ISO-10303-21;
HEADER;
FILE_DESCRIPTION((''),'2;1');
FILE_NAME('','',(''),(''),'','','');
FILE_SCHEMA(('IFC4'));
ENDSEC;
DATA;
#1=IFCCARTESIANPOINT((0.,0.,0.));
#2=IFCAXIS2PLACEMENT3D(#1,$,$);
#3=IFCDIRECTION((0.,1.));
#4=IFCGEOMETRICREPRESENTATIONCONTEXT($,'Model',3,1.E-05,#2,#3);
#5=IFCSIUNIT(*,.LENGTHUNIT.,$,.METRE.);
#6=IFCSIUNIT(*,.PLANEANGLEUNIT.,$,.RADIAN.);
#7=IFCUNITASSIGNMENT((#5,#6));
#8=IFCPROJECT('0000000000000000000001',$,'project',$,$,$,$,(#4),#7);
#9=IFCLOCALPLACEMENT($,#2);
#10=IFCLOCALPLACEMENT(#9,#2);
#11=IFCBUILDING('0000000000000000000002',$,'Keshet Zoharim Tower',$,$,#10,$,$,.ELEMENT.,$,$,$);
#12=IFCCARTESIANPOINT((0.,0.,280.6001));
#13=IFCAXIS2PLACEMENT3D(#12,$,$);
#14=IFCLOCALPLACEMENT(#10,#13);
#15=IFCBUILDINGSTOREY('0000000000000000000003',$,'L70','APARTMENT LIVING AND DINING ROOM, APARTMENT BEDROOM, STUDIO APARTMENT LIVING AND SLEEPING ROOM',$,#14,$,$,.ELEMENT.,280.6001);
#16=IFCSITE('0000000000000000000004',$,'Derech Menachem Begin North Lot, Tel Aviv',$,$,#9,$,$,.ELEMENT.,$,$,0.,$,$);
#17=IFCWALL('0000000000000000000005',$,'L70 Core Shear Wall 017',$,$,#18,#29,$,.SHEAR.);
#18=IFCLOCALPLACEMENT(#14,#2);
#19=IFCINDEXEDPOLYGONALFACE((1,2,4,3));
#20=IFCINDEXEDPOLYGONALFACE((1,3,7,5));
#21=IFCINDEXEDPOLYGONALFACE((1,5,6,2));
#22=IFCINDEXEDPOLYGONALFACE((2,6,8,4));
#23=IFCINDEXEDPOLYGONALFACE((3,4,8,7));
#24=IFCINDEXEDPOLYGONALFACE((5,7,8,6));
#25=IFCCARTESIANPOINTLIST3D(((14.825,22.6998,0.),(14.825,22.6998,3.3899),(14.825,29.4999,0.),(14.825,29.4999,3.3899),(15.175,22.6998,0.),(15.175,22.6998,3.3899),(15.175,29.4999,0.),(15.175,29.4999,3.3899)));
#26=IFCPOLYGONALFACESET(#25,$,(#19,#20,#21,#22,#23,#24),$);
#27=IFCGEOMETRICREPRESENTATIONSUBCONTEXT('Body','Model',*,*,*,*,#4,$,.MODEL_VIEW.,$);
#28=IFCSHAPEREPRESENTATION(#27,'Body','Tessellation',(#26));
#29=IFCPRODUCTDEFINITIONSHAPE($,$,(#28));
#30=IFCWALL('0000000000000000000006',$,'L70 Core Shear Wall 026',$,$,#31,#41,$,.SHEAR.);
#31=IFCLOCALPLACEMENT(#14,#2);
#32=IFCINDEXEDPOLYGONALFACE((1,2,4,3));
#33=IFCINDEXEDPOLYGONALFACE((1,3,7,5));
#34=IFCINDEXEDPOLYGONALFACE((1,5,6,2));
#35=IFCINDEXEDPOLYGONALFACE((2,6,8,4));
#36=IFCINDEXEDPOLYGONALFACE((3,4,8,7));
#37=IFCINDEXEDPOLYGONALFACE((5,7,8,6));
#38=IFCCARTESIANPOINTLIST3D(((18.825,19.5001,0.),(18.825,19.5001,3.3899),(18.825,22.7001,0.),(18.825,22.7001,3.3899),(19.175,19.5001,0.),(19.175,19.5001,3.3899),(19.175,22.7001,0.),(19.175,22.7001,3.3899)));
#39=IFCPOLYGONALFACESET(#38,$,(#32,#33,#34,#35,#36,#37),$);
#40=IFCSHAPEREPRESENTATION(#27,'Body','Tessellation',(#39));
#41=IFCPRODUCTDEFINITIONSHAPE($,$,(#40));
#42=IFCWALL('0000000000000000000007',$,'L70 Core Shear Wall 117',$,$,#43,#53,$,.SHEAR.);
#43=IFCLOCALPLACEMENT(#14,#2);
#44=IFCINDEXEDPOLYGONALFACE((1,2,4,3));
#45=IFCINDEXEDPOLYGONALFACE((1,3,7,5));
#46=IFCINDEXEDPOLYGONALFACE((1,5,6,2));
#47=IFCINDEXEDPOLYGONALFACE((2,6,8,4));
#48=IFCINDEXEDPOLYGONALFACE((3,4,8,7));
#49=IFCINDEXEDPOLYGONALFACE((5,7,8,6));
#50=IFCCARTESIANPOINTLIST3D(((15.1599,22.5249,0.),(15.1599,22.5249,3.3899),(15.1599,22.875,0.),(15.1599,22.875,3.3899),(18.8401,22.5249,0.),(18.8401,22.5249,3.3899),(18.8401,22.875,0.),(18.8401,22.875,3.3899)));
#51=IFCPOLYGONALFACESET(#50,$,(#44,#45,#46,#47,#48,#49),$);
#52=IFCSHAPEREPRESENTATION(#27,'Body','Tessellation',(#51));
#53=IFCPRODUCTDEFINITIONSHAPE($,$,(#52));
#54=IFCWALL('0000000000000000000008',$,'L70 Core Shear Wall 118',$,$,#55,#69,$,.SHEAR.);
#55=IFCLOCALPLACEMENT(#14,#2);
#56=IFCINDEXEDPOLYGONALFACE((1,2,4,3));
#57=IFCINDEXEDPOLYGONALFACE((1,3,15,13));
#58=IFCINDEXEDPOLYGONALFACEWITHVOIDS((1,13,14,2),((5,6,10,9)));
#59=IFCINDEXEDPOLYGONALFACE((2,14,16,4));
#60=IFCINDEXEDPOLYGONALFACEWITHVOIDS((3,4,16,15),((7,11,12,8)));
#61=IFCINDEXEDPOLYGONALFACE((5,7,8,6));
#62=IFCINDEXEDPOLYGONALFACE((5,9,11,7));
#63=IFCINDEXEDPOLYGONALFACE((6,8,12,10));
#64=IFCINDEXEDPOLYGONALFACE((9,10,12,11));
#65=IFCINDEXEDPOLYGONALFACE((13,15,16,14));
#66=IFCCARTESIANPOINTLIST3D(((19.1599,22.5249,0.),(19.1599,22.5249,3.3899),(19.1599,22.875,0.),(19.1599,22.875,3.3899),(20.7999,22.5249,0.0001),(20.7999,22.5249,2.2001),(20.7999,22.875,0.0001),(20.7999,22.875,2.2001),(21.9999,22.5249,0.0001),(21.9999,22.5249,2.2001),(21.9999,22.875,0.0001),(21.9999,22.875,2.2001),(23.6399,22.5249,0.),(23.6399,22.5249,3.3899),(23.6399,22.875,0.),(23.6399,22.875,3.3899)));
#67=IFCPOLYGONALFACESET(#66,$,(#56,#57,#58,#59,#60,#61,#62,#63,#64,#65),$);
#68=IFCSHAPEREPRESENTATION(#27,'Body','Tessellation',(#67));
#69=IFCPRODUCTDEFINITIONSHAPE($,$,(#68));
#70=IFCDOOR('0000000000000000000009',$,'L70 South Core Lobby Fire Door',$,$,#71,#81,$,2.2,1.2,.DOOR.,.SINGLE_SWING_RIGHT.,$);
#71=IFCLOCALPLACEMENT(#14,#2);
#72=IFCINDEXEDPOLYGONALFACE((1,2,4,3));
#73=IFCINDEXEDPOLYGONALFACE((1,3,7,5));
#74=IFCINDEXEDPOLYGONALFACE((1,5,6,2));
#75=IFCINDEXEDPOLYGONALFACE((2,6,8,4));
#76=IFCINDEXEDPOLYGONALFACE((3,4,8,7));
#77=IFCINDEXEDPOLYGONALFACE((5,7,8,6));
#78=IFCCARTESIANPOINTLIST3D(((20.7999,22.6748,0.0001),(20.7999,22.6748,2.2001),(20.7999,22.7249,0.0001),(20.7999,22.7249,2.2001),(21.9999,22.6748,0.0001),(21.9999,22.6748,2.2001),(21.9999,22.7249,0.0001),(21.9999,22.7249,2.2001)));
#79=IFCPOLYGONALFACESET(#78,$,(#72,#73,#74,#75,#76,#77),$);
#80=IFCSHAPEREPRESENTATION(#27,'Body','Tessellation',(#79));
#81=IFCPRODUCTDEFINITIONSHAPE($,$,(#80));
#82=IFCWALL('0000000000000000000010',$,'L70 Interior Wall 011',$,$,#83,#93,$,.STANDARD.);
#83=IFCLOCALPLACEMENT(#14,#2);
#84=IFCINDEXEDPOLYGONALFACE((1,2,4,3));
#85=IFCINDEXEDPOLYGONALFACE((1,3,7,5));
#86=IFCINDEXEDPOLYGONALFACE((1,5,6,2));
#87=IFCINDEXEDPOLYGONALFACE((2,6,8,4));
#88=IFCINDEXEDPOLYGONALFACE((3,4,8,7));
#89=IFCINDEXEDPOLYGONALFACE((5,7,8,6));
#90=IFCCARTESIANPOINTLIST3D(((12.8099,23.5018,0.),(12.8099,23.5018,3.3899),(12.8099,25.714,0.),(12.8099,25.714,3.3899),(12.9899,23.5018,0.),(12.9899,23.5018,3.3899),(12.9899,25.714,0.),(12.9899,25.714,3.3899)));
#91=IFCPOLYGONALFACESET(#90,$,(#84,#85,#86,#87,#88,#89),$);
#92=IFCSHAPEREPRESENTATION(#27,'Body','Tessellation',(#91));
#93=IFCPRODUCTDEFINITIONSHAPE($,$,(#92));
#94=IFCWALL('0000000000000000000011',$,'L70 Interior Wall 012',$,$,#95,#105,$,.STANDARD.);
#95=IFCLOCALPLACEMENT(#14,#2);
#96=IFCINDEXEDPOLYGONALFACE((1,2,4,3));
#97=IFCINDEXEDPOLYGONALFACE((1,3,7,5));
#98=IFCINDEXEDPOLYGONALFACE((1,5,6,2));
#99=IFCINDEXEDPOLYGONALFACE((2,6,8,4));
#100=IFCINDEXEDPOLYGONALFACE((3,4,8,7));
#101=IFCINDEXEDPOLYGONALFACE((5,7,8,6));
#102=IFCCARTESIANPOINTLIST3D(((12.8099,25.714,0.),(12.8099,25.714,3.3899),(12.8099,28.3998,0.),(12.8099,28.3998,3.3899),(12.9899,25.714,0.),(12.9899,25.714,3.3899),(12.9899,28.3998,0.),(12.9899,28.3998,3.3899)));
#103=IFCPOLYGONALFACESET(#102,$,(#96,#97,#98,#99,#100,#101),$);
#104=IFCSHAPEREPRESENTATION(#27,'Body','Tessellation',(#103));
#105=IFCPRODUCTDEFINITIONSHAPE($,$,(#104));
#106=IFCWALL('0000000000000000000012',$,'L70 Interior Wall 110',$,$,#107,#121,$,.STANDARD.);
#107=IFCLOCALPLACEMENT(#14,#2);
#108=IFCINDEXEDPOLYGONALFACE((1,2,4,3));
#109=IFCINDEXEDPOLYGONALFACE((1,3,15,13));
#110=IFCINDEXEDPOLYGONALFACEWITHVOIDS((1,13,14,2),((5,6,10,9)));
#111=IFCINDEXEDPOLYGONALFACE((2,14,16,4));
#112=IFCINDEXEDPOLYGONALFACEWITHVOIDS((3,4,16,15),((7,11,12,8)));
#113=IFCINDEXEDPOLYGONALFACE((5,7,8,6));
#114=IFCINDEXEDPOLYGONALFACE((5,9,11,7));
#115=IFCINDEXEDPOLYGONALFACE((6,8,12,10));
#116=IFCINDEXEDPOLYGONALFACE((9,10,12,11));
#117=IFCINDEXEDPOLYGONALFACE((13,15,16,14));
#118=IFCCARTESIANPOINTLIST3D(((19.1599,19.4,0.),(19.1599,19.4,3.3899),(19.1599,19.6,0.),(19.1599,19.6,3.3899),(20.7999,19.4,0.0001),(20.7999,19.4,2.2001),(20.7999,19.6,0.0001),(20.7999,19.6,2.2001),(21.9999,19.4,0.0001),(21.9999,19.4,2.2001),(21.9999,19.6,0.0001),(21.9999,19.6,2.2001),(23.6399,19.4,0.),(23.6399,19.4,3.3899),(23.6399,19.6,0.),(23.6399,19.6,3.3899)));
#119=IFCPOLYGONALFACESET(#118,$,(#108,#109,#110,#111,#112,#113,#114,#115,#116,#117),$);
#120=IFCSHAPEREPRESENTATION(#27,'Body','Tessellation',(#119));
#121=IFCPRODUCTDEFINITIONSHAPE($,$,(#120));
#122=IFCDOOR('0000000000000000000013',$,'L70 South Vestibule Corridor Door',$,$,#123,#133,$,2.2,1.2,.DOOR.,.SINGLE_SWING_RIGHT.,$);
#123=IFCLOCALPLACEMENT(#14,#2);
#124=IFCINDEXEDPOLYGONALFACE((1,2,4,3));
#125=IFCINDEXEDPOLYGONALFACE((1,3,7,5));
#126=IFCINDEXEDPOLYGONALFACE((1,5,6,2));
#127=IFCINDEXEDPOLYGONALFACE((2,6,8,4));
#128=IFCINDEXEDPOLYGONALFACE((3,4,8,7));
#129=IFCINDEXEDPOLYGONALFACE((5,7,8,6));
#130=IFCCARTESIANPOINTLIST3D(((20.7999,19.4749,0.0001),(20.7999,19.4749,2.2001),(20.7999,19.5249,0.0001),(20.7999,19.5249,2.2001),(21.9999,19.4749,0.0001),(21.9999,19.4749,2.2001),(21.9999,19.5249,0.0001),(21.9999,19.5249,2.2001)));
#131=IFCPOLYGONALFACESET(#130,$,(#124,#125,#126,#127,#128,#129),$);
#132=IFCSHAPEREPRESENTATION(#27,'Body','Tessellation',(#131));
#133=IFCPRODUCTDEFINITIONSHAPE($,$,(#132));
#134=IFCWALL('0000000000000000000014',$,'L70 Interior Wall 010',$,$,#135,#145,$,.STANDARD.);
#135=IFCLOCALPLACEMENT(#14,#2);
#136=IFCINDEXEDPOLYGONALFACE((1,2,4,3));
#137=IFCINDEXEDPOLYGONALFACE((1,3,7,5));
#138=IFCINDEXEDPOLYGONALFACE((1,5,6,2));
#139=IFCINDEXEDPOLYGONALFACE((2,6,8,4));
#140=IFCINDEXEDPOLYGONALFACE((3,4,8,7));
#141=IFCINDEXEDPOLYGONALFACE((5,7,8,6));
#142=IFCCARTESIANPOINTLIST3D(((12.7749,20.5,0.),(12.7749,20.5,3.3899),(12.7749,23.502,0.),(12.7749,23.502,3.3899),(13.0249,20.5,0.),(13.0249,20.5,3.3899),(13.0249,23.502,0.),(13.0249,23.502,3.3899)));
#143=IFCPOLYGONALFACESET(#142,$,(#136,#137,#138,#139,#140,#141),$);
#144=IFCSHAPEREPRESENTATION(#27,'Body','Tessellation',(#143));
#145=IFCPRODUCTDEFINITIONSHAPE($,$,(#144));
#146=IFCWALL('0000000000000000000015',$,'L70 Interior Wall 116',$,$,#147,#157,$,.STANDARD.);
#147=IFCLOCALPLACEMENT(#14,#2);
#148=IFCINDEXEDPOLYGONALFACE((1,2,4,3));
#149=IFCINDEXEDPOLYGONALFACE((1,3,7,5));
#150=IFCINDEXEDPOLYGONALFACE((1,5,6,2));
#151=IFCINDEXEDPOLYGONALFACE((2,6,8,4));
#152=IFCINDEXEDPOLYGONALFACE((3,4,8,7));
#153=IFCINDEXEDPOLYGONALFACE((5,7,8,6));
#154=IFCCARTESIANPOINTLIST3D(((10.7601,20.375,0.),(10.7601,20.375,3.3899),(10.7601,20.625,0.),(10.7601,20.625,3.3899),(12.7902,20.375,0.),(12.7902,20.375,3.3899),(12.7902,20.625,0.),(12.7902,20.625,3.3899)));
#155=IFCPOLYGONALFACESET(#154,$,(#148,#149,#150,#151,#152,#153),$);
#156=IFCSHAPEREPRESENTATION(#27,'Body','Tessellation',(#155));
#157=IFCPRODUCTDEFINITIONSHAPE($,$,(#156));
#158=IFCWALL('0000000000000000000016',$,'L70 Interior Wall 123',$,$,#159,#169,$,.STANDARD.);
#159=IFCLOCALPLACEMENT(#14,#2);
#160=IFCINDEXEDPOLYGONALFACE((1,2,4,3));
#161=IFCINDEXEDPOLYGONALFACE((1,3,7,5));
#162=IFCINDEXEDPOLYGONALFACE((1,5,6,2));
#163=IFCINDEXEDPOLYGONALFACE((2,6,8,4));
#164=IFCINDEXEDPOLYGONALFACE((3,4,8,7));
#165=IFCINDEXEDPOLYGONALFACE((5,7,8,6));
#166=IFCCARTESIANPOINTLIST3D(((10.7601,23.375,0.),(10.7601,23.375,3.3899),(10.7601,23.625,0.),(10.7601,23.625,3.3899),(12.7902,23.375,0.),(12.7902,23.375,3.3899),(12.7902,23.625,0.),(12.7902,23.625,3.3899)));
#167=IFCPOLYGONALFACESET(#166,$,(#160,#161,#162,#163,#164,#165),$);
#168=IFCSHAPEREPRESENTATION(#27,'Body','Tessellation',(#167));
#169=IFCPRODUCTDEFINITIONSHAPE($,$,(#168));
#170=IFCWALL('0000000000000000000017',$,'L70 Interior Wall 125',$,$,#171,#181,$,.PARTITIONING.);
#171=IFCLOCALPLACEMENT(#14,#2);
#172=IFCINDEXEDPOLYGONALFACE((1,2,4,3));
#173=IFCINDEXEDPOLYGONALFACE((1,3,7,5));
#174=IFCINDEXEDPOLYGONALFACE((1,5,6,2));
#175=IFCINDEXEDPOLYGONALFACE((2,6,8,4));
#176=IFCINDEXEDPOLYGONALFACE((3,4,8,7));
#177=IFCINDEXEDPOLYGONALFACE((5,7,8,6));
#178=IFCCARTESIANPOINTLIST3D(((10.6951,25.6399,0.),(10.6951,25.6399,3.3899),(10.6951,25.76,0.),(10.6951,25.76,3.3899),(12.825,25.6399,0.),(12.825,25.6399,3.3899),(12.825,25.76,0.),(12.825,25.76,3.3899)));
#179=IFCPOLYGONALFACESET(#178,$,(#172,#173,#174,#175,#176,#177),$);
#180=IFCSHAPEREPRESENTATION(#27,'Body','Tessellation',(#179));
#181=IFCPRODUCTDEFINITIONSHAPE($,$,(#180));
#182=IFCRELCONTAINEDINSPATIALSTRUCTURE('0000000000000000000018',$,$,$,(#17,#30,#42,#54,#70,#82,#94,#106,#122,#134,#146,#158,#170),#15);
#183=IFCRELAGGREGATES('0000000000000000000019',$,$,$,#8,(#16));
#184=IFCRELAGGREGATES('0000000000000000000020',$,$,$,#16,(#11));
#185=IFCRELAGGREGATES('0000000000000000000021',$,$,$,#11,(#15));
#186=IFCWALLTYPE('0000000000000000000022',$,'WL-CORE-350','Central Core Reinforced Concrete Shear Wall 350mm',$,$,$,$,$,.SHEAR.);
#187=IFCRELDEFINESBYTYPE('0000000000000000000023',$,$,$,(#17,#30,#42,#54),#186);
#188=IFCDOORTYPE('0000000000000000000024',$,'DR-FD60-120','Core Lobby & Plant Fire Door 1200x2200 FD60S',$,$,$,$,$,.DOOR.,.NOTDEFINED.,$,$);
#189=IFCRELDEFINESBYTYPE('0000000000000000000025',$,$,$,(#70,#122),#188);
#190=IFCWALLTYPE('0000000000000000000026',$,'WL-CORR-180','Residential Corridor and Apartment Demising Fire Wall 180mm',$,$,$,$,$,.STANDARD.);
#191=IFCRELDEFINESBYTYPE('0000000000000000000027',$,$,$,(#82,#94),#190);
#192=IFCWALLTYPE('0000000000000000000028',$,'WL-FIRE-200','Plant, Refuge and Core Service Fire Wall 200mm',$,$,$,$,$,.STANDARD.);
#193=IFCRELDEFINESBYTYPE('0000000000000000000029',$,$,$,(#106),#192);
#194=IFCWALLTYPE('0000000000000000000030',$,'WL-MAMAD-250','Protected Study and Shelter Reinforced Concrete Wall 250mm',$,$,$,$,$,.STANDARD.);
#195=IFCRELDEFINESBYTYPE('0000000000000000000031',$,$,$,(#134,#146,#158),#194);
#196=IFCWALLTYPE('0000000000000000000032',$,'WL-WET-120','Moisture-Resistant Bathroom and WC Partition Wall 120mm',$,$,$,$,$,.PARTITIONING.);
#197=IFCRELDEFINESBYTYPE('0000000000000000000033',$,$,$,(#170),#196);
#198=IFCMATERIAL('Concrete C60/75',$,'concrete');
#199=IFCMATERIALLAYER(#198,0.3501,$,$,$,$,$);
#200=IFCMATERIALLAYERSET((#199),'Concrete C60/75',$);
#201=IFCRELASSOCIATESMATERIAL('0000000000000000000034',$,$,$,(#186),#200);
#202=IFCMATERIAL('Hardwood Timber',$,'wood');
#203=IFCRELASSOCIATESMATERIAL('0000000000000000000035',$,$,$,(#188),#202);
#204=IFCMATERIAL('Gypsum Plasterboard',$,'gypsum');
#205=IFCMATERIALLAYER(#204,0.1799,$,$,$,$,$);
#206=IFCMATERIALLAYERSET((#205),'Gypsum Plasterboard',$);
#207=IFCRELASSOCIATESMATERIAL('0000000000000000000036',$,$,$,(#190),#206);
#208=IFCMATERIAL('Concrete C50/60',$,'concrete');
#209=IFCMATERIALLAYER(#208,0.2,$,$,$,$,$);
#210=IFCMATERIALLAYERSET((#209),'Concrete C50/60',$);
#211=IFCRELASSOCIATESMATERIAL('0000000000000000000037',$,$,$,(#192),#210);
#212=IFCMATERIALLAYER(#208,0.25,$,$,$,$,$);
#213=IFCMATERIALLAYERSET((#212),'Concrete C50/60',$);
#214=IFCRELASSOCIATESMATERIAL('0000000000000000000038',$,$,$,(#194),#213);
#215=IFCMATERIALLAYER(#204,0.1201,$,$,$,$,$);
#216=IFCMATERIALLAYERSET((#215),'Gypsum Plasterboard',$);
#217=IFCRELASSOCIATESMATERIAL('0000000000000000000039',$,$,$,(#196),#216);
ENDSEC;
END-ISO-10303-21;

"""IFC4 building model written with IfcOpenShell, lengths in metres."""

from ifc_helpers import new_model, si_unit, direction, frame, frame_2d, origin, place, context, subcontext, project, spatial, rectangle, extrude, material, layer, layer_set, type_object, element, fill, save


model = new_model("IFC4")

# Units and contexts
model_context = context("Model", 3, precision=1e-05, world=origin(), true_north=direction((0.0, 1.0)))
body_context = subcontext(model_context, "Body", "Model", "MODEL_VIEW")
ifc_project = project(units=[si_unit("LENGTHUNIT", "METRE"), si_unit("PLANEANGLEUNIT", "RADIAN")], contexts=[model_context])

# Site, building, storey
site_placement = place(None, origin())
site = spatial("IfcSite", under=ifc_project, at=site_placement, Name="Derech Menachem Begin North Lot, Tel Aviv", CompositionType="ELEMENT", RefElevation=0.0)
building_placement = place(site_placement, origin())
building = spatial("IfcBuilding", under=site, at=building_placement, Name="Keshet Zoharim Tower", CompositionType="ELEMENT")
storey_placement = place(building_placement, frame((0.0, 0.0, 280.6001)))
storey = spatial("IfcBuildingStorey", under=building, at=storey_placement, Name="L70", Description="APARTMENT LIVING AND DINING ROOM, APARTMENT BEDROOM, STUDIO APARTMENT LIVING AND SLEEPING ROOM", CompositionType="ELEMENT", Elevation=280.6001)

# Shared definitions
ifc_material_1 = material(Name="Concrete C50/60", Category="concrete")

# Walls
ifc_material_2 = material(Name="Concrete C60/75", Category="concrete")
ifc_layer_1 = layer(ifc_material_2, 0.3501)
ifc_layer_set_1 = layer_set([ifc_layer_1], Name="Concrete C60/75")
wall_type_1 = type_object("IfcWallType", Name="WL-CORE-350", Description="Central Core Reinforced Concrete Shear Wall 350mm", PredefinedType="SHEAR", material=ifc_layer_set_1)
wall_1_placement = place(storey_placement, frame((15.0, 22.7, 0.0), z_axis=(0.0, 0.0, 1.0), x_axis=(0.0, 1.0, 0.0)))
element("IfcWall", 1, at=wall_1_placement, inside=storey, type_object=wall_type_1, Name="L70 Core Shear Wall 017", PredefinedType="SHEAR", context=body_context, shape_type="SweptSolid", body=[
    extrude(rectangle(XDim=6.8, YDim=0.3501, at=frame_2d((3.3999, 0.0))), origin(), (0.0, 0.0, 1.0), 3.3899),
])
wall_2_placement = place(storey_placement, frame((19.0, 19.5, 0.0), z_axis=(0.0, 0.0, 1.0), x_axis=(0.0, 1.0, 0.0)))
element("IfcWall", 2, at=wall_2_placement, inside=storey, type_object=wall_type_1, Name="L70 Core Shear Wall 026", PredefinedType="SHEAR", context=body_context, shape_type="SweptSolid", body=[
    extrude(rectangle(XDim=3.2, YDim=0.3501, at=frame_2d((1.6001, 0.0))), origin(), (0.0, 0.0, 1.0), 3.3899),
])

# Shared definitions
ifc_material_3 = material(Name="Hardwood Timber", Category="wood")

# Wall
wall_3_placement = place(storey_placement, frame((15.1599, 22.7, 0.0), z_axis=(0.0, 0.0, 1.0), x_axis=(1.0, 0.0, 0.0)))
element("IfcWall", 3, at=wall_3_placement, inside=storey, type_object=wall_type_1, Name="L70 Core Shear Wall 117", PredefinedType="SHEAR", context=body_context, shape_type="SweptSolid", body=[
    extrude(rectangle(XDim=3.6802, YDim=0.3501, at=frame_2d((1.8401, 0.0))), origin(), (0.0, 0.0, 1.0), 3.3899),
])

# Wall, opening, door
wall_4_placement = place(storey_placement, frame((19.1599, 22.7, 0.0), z_axis=(0.0, 0.0, 1.0), x_axis=(1.0, 0.0, 0.0)))
wall_4 = element("IfcWall", 4, at=wall_4_placement, inside=storey, type_object=wall_type_1, Name="L70 Core Shear Wall 118", PredefinedType="SHEAR", context=body_context, shape_type="SweptSolid", body=[
    extrude(rectangle(XDim=4.48, YDim=0.3501, at=frame_2d((2.24, 0.0))), origin(), (0.0, 0.0, 1.0), 3.3899),
])
opening_1_placement = place(wall_4_placement, frame((1.6399, 0.0, 0.0)))
opening_1 = element("IfcOpeningElement", 5, at=opening_1_placement, cuts=wall_4, PredefinedType="OPENING", context=body_context, shape_type="SweptSolid", body=[
    extrude(rectangle(XDim=1.2, YDim=2.2, at=frame_2d((0.6001, 1.1001))), frame((0.0, 0.1851, 0.0), z_axis=(0.0, -1.0, 0.0), x_axis=(1.0, 0.0, 0.0)), (0.0, 0.0, 1.0), 0.3701),
])
door_type_1 = type_object("IfcDoorType", Name="DR-FD60-120", Description="Core Lobby & Plant Fire Door 1200x2200 FD60S", OperationType="NOTDEFINED", PredefinedType="DOOR", material=ifc_material_3)
door_1_placement = place(opening_1_placement, origin())
door_1 = element("IfcDoor", 6, at=door_1_placement, inside=storey, type_object=door_type_1, Name="L70 South Core Lobby Fire Door", OperationType="SINGLE_SWING_RIGHT", OverallHeight=2.2, OverallWidth=1.2, PredefinedType="DOOR", context=body_context, shape_type="SweptSolid", body=[
    extrude(rectangle(XDim=1.2, YDim=2.2, at=frame_2d((0.6001, 1.1001))), frame((0.0, 0.0249, 0.0), z_axis=(0.0, -1.0, 0.0), x_axis=(1.0, 0.0, 0.0)), (0.0, 0.0, 1.0), 0.05),
])
fill(opening_1, door_1)

# Walls
ifc_material_4 = material(Name="Gypsum Plasterboard", Category="gypsum")
ifc_layer_2 = layer(ifc_material_4, 0.1799)
ifc_layer_set_2 = layer_set([ifc_layer_2], Name="Gypsum Plasterboard")
wall_type_2 = type_object("IfcWallType", Name="WL-CORR-180", Description="Residential Corridor and Apartment Demising Fire Wall 180mm", PredefinedType="STANDARD", material=ifc_layer_set_2)
wall_5_placement = place(storey_placement, frame((12.8999, 23.502, 0.0), z_axis=(0.0, 0.0, 1.0), x_axis=(0.0, 1.0, 0.0)))
element("IfcWall", 7, at=wall_5_placement, inside=storey, type_object=wall_type_2, Name="L70 Interior Wall 011", PredefinedType="STANDARD", context=body_context, shape_type="SweptSolid", body=[
    extrude(rectangle(XDim=2.2122, YDim=0.1799, at=frame_2d((1.106, 0.0))), origin(), (0.0, 0.0, 1.0), 3.3899),
])
wall_6_placement = place(storey_placement, frame((12.8999, 25.7141, 0.0), z_axis=(0.0, 0.0, 1.0), x_axis=(0.0, 1.0, 0.0)))
element("IfcWall", 8, at=wall_6_placement, inside=storey, type_object=wall_type_2, Name="L70 Interior Wall 012", PredefinedType="STANDARD", context=body_context, shape_type="SweptSolid", body=[
    extrude(rectangle(XDim=2.6858, YDim=0.1799, at=frame_2d((1.3428, 0.0))), origin(), (0.0, 0.0, 1.0), 3.3899),
])

# Wall, opening, door
ifc_layer_3 = layer(ifc_material_1, 0.2)
ifc_layer_set_3 = layer_set([ifc_layer_3], Name="Concrete C50/60")
wall_type_3 = type_object("IfcWallType", Name="WL-FIRE-200", Description="Plant, Refuge and Core Service Fire Wall 200mm", PredefinedType="STANDARD", material=ifc_layer_set_3)
wall_7_placement = place(storey_placement, frame((19.1599, 19.5, 0.0), z_axis=(0.0, 0.0, 1.0), x_axis=(1.0, 0.0, 0.0)))
wall_7 = element("IfcWall", 9, at=wall_7_placement, inside=storey, type_object=wall_type_3, Name="L70 Interior Wall 110", PredefinedType="STANDARD", context=body_context, shape_type="SweptSolid", body=[
    extrude(rectangle(XDim=4.48, YDim=0.2, at=frame_2d((2.24, 0.0))), origin(), (0.0, 0.0, 1.0), 3.3899),
])
opening_2_placement = place(wall_7_placement, frame((1.6399, 0.0, 0.0)))
opening_2 = element("IfcOpeningElement", 10, at=opening_2_placement, cuts=wall_7, PredefinedType="OPENING", context=body_context, shape_type="SweptSolid", body=[
    extrude(rectangle(XDim=1.2, YDim=2.2, at=frame_2d((0.6001, 1.1001))), frame((0.0, 0.1099, 0.0), z_axis=(0.0, -1.0, 0.0), x_axis=(1.0, 0.0, 0.0)), (0.0, 0.0, 1.0), 0.22),
])
door_2_placement = place(opening_2_placement, origin())
door_2 = element("IfcDoor", 11, at=door_2_placement, inside=storey, type_object=door_type_1, Name="L70 South Vestibule Corridor Door", OperationType="SINGLE_SWING_RIGHT", OverallHeight=2.2, OverallWidth=1.2, PredefinedType="DOOR", context=body_context, shape_type="SweptSolid", body=[
    extrude(rectangle(XDim=1.2, YDim=2.2, at=frame_2d((0.6001, 1.1001))), frame((0.0, 0.0249, 0.0), z_axis=(0.0, -1.0, 0.0), x_axis=(1.0, 0.0, 0.0)), (0.0, 0.0, 1.0), 0.05),
])
fill(opening_2, door_2)

# Walls
ifc_layer_4 = layer(ifc_material_1, 0.25)
ifc_layer_set_4 = layer_set([ifc_layer_4], Name="Concrete C50/60")
wall_type_4 = type_object("IfcWallType", Name="WL-MAMAD-250", Description="Protected Study and Shelter Reinforced Concrete Wall 250mm", PredefinedType="STANDARD", material=ifc_layer_set_4)
wall_8_placement = place(storey_placement, frame((12.8999, 20.5, 0.0), z_axis=(0.0, 0.0, 1.0), x_axis=(0.0, 1.0, 0.0)))
element("IfcWall", 12, at=wall_8_placement, inside=storey, type_object=wall_type_4, Name="L70 Interior Wall 010", PredefinedType="STANDARD", context=body_context, shape_type="SweptSolid", body=[
    extrude(rectangle(XDim=3.002, YDim=0.25, at=frame_2d((1.501, 0.0))), origin(), (0.0, 0.0, 1.0), 3.3899),
])
for number, where, z_axis, x_axis, name in (
    (13, (10.76, 20.5, 0.0), (0.0, 0.0, 1.0), (1.0, 0.0, 0.0), "L70 Interior Wall 116"),
    (14, (10.76, 23.5, 0.0), (0.0, 0.0, 1.0), (1.0, 0.0, 0.0), "L70 Interior Wall 123"),
):
    element("IfcWall", number, at=place(storey_placement, frame(where, z_axis=z_axis, x_axis=x_axis)), inside=storey, type_object=wall_type_4, Name=name, PredefinedType="STANDARD", context=body_context, shape_type="SweptSolid", body=[
        extrude(rectangle(XDim=2.03, YDim=0.25, at=frame_2d((1.0151, 0.0))), origin(), (0.0, 0.0, 1.0), 3.3899),
    ])
ifc_layer_5 = layer(ifc_material_4, 0.1201)
ifc_layer_set_5 = layer_set([ifc_layer_5], Name="Gypsum Plasterboard")
wall_type_5 = type_object("IfcWallType", Name="WL-WET-120", Description="Moisture-Resistant Bathroom and WC Partition Wall 120mm", PredefinedType="PARTITIONING", material=ifc_layer_set_5)
wall_9_placement = place(storey_placement, frame((10.6951, 25.7, 0.0), z_axis=(0.0, 0.0, 1.0), x_axis=(1.0, 0.0, 0.0)))
element("IfcWall", 15, at=wall_9_placement, inside=storey, type_object=wall_type_5, Name="L70 Interior Wall 125", PredefinedType="PARTITIONING", context=body_context, shape_type="SweptSolid", body=[
    extrude(rectangle(XDim=2.1299, YDim=0.1201, at=frame_2d((1.0649, 0.0))), origin(), (0.0, 0.0, 1.0), 3.3899),
])

save(model, "model.ifc")
